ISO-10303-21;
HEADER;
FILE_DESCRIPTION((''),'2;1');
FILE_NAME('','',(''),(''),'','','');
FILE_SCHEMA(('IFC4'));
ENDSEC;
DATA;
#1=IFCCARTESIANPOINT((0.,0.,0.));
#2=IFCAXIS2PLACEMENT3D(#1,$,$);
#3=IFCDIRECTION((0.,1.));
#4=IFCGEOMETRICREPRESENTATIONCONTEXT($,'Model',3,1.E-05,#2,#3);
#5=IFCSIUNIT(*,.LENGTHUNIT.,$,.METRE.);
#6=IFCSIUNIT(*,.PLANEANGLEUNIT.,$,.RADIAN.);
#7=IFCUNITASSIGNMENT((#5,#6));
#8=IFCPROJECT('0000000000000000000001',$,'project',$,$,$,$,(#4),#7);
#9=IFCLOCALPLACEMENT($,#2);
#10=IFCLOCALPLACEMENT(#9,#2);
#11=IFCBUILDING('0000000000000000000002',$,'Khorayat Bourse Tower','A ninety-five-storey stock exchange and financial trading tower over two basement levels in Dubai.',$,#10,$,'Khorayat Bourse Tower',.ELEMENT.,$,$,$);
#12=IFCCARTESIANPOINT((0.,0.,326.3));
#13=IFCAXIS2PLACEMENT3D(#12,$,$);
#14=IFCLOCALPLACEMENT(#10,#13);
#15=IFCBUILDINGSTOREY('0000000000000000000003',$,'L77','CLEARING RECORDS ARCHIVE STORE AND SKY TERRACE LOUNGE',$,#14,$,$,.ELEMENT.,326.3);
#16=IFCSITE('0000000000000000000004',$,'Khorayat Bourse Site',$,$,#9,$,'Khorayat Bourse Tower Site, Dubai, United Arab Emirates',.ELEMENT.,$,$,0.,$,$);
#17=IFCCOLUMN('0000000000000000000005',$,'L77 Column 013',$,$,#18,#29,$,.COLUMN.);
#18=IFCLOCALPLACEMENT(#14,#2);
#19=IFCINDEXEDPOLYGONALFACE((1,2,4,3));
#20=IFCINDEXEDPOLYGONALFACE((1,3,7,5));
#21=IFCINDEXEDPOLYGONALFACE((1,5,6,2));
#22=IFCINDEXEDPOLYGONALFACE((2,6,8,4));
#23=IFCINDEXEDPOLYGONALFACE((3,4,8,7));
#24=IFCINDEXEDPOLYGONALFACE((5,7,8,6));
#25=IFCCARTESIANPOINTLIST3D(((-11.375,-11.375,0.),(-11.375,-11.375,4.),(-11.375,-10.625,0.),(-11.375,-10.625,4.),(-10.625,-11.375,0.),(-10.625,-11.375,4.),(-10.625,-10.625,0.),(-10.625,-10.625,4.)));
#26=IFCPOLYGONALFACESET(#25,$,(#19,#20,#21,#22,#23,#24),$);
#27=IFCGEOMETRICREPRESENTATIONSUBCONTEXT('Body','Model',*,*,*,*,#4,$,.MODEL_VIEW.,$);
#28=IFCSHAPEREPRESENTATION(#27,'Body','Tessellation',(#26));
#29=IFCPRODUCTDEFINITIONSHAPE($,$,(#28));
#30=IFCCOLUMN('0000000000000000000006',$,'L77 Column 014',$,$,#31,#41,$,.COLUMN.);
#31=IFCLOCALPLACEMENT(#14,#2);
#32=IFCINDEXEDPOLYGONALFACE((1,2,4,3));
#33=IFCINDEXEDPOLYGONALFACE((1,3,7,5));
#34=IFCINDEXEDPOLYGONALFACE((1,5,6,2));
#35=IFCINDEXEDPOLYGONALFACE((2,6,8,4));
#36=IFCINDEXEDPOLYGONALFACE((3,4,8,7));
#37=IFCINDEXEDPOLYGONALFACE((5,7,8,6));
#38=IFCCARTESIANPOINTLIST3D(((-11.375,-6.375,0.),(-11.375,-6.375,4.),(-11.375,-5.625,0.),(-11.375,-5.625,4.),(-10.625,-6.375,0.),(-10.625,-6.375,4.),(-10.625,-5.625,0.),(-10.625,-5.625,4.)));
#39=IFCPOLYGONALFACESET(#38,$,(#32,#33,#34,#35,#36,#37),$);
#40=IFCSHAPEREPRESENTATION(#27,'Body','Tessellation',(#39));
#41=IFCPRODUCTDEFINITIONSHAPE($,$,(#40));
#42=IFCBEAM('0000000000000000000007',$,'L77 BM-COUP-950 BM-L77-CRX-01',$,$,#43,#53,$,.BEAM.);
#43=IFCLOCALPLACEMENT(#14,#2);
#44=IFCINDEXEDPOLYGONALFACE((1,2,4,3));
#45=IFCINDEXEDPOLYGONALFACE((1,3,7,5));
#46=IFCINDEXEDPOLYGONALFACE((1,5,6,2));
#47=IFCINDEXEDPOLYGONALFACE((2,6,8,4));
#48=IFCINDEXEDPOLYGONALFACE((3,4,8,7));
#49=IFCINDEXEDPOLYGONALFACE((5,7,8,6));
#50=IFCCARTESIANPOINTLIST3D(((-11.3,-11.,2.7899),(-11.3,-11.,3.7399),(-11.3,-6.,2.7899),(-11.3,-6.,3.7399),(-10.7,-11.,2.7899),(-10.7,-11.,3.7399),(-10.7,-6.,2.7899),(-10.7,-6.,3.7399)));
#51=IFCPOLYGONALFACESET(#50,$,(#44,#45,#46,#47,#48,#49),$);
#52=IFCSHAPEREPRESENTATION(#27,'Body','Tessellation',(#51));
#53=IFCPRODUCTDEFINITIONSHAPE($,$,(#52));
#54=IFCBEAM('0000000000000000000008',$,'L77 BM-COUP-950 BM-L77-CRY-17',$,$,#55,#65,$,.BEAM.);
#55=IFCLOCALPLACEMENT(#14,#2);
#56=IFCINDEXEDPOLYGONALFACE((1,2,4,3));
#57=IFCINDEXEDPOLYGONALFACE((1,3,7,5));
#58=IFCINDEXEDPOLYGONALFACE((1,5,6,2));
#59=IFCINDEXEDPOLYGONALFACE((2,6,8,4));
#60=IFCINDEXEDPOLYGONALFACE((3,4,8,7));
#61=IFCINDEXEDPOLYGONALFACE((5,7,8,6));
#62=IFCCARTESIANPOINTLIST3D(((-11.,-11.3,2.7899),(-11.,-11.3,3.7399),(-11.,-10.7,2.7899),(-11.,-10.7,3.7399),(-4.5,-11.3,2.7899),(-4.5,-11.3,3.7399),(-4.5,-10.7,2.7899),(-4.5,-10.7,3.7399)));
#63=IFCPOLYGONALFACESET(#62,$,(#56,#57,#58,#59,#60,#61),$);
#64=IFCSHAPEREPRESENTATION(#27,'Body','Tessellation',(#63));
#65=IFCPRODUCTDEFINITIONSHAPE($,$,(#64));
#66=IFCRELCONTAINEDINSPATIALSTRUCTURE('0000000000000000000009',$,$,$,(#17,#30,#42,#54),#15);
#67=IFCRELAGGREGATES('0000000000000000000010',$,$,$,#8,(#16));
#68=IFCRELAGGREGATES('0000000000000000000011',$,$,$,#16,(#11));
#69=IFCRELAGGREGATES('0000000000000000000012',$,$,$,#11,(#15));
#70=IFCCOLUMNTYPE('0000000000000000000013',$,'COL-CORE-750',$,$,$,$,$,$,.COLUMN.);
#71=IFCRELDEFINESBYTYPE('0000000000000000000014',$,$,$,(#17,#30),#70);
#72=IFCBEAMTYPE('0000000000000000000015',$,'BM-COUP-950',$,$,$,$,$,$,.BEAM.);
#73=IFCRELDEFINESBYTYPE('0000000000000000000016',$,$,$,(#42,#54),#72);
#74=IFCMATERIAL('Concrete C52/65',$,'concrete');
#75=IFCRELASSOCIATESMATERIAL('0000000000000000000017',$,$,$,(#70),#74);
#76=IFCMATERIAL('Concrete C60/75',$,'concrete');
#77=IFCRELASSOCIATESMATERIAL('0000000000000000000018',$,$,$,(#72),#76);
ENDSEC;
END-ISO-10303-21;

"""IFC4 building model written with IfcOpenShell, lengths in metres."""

from ifc_helpers import new_model, si_unit, direction, frame, origin, origin_2d, place, context, subcontext, project, spatial, rectangle, extrude, source, transform, mapped, material, material_profile, profile_set, type_object, element, save


model = new_model("IFC4")

# Units and contexts
model_context = context("Model", 3, precision=1e-05, world=origin(), true_north=direction((0.0, 1.0)))
body_context = subcontext(model_context, "Body", "Model", "MODEL_VIEW")
ifc_project = project(units=[si_unit("LENGTHUNIT", "METRE"), si_unit("PLANEANGLEUNIT", "RADIAN")], contexts=[model_context])

# Site, building, storey
site_placement = place(None, origin())
site = spatial("IfcSite", under=ifc_project, at=site_placement, Name="Khorayat Bourse Site", LongName="Khorayat Bourse Tower Site, Dubai, United Arab Emirates", CompositionType="ELEMENT", RefElevation=0.0)
building_placement = place(site_placement, origin())
building = spatial("IfcBuilding", under=site, at=building_placement, Name="Khorayat Bourse Tower", Description="A ninety-five-storey stock exchange and financial trading tower over two basement levels in Dubai.", LongName="Khorayat Bourse Tower", CompositionType="ELEMENT")
storey_placement = place(building_placement, frame((0.0, 0.0, 326.3)))
storey = spatial("IfcBuildingStorey", under=building, at=storey_placement, Name="L77", Description="CLEARING RECORDS ARCHIVE STORE AND SKY TERRACE LOUNGE", CompositionType="ELEMENT", Elevation=326.3)

# Columns
ifc_material_1 = material(Name="Concrete C52/65", Category="concrete")
ifc_material_profile_1 = material_profile(ifc_material_1, rectangle(XDim=0.75, YDim=0.75, at=origin_2d()), Name="RC 750x750")
ifc_profile_set_1 = profile_set([ifc_material_profile_1], Name="Concrete C52/65")
column_type = type_object("IfcColumnType", Name="COL-CORE-750", PredefinedType="COLUMN", material=ifc_profile_set_1)
shared_shape_1 = source(origin(), body_context, "Body", "SweptSolid", [
    extrude(rectangle(XDim=0.75, YDim=0.75, at=origin_2d()), origin(), (0.0, 0.0, 1.0), 4.0),
])
for number, where, z_axis, x_axis, name in (
    (1, (-11.0, -11.0, 0.0), (0.0, 0.0, 1.0), (1.0, 0.0, 0.0), "L77 Column 013"),
    (2, (-11.0, -6.0, 0.0), (0.0, 0.0, 1.0), (1.0, 0.0, 0.0), "L77 Column 014"),
):
    element("IfcColumn", number, at=place(storey_placement, frame(where, z_axis=z_axis, x_axis=x_axis)), inside=storey, type_object=column_type, Name=name, PredefinedType="COLUMN", context=body_context, shape_type="MappedRepresentation", body=[
        mapped(shared_shape_1, transform((0.0, 0.0, 0.0), scale=1.0)),
    ])

# Beams
ifc_material_2 = material(Name="Concrete C60/75", Category="concrete")
ifc_material_profile_2 = material_profile(ifc_material_2, rectangle(XDim=0.6001, YDim=0.95, at=origin_2d()), Name="RC 600x950")
ifc_profile_set_2 = profile_set([ifc_material_profile_2], Name="Concrete C60/75")
beam_type = type_object("IfcBeamType", Name="BM-COUP-950", PredefinedType="BEAM", material=ifc_profile_set_2)
shared_shape_2 = source(origin(), body_context, "Body", "SweptSolid", [
    extrude(rectangle(XDim=0.6001, YDim=0.95, at=origin_2d()), origin(), (0.0, 0.0, 1.0), 5.0),
])
beam_1_placement = place(storey_placement, frame((-11.0, -11.0, 3.2649), z_axis=(0.0, 1.0, 0.0), x_axis=(-1.0, 0.0, 0.0)))
element("IfcBeam", 3, at=beam_1_placement, inside=storey, type_object=beam_type, Name="L77 BM-COUP-950 BM-L77-CRX-01", PredefinedType="BEAM", context=body_context, shape_type="MappedRepresentation", body=[
    mapped(shared_shape_2, transform((0.0, 0.0, 0.0), scale=1.0)),
])
shared_shape_3 = source(origin(), body_context, "Body", "SweptSolid", [
    extrude(rectangle(XDim=0.6001, YDim=0.95, at=origin_2d()), origin(), (0.0, 0.0, 1.0), 6.5),
])
beam_2_placement = place(storey_placement, frame((-11.0, -11.0, 3.2649), z_axis=(1.0, 0.0, 0.0), x_axis=(0.0, 1.0, 0.0)))
element("IfcBeam", 4, at=beam_2_placement, inside=storey, type_object=beam_type, Name="L77 BM-COUP-950 BM-L77-CRY-17", PredefinedType="BEAM", context=body_context, shape_type="MappedRepresentation", body=[
    mapped(shared_shape_3, transform((0.0, 0.0, 0.0), scale=1.0)),
])

save(model, "model.ifc")
